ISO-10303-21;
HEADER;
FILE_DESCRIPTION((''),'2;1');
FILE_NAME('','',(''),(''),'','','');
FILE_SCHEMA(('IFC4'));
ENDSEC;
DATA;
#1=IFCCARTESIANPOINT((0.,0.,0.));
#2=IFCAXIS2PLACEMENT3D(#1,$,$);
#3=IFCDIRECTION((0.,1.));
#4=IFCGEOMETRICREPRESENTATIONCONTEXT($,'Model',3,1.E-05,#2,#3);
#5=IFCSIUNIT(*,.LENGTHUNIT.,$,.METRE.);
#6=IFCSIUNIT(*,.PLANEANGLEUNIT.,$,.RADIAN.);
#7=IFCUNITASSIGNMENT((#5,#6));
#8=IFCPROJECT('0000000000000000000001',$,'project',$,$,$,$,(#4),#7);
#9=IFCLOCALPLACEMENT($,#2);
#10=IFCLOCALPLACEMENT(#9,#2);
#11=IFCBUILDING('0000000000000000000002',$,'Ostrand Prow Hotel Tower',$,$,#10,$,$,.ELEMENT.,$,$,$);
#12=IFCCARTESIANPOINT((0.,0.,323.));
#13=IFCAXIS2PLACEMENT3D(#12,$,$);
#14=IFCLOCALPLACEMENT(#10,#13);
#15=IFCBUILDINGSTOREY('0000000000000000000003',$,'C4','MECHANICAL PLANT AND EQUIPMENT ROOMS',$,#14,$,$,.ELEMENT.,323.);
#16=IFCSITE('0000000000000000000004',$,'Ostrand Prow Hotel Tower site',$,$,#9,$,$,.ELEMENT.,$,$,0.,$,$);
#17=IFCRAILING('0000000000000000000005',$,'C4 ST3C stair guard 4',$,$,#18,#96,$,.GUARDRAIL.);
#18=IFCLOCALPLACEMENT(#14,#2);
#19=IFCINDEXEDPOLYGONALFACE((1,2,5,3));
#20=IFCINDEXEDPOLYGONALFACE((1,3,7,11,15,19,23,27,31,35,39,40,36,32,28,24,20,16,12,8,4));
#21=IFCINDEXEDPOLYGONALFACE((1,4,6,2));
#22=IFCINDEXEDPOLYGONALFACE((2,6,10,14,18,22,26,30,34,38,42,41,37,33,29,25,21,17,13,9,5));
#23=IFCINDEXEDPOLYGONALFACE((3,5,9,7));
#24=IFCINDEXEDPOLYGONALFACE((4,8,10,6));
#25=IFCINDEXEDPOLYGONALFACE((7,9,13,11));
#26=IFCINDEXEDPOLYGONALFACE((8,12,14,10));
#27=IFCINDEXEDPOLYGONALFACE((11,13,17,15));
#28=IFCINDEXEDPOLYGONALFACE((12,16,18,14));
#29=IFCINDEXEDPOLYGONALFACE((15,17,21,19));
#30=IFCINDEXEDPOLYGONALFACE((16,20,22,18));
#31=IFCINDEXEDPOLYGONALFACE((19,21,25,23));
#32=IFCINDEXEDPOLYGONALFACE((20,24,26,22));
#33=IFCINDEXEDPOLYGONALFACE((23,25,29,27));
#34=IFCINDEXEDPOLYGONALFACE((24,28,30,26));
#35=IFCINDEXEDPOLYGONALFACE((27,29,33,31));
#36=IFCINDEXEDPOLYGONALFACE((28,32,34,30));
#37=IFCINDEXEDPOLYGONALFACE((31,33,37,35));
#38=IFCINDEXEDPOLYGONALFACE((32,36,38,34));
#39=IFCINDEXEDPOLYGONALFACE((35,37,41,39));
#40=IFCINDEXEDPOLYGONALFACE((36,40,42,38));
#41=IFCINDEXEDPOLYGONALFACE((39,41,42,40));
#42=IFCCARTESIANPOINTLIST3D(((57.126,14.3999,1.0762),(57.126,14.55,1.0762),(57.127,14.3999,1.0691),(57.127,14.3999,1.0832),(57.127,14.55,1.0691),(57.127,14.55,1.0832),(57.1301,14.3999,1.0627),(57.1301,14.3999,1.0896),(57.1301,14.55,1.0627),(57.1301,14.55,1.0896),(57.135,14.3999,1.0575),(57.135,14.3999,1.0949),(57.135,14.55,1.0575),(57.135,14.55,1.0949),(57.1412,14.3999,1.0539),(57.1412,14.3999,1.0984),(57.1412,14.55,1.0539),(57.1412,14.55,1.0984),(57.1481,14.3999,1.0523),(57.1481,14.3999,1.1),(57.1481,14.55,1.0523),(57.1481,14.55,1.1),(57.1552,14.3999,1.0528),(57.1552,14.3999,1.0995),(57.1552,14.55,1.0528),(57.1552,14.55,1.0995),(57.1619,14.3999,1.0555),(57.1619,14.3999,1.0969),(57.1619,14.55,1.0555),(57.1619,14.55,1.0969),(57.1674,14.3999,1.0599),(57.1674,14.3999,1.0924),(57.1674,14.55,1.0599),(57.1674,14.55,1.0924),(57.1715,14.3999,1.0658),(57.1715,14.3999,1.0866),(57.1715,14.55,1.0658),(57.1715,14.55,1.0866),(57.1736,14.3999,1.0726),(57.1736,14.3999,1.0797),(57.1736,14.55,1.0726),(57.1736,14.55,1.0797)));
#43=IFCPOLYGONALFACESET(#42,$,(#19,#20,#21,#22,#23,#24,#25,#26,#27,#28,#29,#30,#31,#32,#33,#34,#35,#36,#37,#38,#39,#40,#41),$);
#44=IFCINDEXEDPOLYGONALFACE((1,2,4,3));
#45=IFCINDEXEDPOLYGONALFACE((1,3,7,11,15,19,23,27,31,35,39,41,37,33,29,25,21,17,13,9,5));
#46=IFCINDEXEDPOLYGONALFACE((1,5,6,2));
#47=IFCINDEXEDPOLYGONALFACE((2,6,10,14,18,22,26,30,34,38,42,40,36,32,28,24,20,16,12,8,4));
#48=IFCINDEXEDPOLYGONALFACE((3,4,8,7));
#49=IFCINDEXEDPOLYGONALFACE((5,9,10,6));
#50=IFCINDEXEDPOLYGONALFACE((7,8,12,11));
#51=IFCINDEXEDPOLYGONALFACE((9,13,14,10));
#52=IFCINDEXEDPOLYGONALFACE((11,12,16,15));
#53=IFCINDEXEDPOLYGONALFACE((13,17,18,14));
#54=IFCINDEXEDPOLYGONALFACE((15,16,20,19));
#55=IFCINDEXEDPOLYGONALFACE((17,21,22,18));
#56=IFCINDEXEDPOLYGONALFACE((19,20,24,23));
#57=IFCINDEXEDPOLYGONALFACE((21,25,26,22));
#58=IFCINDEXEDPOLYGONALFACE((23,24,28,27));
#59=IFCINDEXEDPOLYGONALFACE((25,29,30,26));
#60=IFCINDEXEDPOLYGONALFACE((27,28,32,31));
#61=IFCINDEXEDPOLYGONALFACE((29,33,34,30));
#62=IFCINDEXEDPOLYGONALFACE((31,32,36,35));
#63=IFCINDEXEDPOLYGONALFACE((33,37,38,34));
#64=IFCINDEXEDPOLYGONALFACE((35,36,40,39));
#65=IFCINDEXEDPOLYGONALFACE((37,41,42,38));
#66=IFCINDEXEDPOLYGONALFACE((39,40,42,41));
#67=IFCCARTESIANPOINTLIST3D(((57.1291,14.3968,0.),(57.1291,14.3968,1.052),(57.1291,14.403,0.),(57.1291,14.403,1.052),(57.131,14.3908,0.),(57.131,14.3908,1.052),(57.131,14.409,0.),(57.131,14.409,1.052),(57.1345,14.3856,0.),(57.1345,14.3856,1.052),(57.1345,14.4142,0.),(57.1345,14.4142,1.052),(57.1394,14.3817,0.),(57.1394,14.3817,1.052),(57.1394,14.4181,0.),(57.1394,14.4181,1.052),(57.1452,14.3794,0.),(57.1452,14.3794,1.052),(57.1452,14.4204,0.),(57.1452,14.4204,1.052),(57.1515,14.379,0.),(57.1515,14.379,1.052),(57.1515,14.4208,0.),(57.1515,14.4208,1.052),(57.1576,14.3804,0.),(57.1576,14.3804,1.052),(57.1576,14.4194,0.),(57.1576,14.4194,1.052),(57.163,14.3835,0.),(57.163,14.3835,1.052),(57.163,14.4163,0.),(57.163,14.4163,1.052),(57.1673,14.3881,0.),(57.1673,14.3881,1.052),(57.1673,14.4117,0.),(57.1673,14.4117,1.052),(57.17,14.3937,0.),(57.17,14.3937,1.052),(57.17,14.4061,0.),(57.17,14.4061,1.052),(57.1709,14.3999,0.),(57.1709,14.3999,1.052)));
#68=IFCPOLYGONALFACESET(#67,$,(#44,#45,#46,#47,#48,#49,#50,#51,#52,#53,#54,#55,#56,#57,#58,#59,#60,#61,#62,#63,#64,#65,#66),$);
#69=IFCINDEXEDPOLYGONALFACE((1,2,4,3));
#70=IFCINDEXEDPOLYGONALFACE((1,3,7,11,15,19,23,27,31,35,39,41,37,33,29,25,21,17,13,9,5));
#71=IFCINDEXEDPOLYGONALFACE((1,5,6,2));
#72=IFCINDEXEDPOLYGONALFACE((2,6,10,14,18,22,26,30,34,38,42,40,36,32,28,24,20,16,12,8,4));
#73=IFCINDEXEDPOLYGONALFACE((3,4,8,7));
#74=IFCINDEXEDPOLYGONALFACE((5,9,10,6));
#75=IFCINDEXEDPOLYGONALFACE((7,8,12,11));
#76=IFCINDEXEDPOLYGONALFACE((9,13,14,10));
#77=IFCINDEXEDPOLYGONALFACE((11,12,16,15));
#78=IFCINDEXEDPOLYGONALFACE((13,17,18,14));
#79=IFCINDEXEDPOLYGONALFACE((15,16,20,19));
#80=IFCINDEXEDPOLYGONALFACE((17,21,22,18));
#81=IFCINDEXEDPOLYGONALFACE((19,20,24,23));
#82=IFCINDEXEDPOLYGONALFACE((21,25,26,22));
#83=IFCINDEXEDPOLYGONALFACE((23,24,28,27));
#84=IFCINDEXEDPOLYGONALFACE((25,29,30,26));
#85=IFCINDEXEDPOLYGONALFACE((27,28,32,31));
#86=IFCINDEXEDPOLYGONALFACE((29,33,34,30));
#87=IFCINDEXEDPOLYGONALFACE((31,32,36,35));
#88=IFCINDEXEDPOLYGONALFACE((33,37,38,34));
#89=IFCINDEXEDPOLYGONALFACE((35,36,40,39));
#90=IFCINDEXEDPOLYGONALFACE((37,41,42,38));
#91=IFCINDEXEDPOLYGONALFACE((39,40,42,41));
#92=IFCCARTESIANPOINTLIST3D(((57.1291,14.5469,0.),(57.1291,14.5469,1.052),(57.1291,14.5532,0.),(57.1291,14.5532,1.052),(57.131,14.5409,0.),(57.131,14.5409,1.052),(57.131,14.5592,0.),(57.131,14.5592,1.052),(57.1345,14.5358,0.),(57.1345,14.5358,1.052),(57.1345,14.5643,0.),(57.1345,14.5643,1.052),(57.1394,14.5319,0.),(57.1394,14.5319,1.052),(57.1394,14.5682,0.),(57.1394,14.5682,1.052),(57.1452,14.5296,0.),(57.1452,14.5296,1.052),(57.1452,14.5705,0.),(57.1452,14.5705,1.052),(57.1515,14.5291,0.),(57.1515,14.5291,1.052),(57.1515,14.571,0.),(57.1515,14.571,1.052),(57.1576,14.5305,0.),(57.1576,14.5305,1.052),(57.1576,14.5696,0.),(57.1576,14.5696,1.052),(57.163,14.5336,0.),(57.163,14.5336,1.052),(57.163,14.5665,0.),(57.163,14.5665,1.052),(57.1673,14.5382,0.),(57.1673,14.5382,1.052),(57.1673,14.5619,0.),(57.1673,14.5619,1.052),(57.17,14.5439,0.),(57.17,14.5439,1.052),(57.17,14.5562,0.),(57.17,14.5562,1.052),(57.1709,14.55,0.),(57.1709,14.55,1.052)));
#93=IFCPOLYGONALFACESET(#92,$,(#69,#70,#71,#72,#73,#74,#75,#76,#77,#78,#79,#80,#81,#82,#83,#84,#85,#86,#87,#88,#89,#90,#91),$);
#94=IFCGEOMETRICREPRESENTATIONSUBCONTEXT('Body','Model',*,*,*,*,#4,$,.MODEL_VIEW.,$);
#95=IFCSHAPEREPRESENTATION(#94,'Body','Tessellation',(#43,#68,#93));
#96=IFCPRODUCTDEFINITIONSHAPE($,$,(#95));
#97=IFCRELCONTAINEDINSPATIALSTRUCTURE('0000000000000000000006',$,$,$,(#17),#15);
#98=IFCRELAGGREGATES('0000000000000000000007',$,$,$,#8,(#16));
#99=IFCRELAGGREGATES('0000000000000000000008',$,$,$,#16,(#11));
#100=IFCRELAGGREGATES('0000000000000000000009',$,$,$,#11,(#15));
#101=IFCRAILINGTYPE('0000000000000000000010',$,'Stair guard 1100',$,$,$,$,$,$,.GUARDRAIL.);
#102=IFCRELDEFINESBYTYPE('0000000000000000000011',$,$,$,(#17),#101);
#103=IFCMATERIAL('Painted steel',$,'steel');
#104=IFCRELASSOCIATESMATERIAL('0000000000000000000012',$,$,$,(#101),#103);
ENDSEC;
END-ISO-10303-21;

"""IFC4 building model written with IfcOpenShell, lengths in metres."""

from ifc_helpers import new_model, si_unit, direction, frame, origin, origin_2d, place, context, subcontext, project, spatial, circle, extrude, material, type_object, element, save


model = new_model("IFC4")

# Units and contexts
model_context = context("Model", 3, precision=1e-05, world=origin(), true_north=direction((0.0, 1.0)))
body_context = subcontext(model_context, "Body", "Model", "MODEL_VIEW")
ifc_project = project(units=[si_unit("LENGTHUNIT", "METRE"), si_unit("PLANEANGLEUNIT", "RADIAN")], contexts=[model_context])

# Site, building, storey
site_placement = place(None, origin())
site = spatial("IfcSite", under=ifc_project, at=site_placement, Name="Ostrand Prow Hotel Tower site", CompositionType="ELEMENT", RefElevation=0.0)
building_placement = place(site_placement, origin())
building = spatial("IfcBuilding", under=site, at=building_placement, Name="Ostrand Prow Hotel Tower", CompositionType="ELEMENT")
storey_placement = place(building_placement, frame((0.0, 0.0, 323.0)))
storey = spatial("IfcBuildingStorey", under=building, at=storey_placement, Name="C4", Description="MECHANICAL PLANT AND EQUIPMENT ROOMS", CompositionType="ELEMENT", Elevation=323.0)

# Railing
ifc_material_1 = material(Name="Painted steel", Category="steel")
railing_type_1 = type_object("IfcRailingType", Name="Stair guard 1100", PredefinedType="GUARDRAIL", material=ifc_material_1)
railing_1_placement = place(storey_placement, frame((57.1499, 14.3999, 0.0)))
element("IfcRailing", 1, at=railing_1_placement, inside=storey, type_object=railing_type_1, Name="C4 ST3C stair guard 4", PredefinedType="GUARDRAIL", context=body_context, shape_type="SweptSolid", body=[
    extrude(circle(Radius=0.0239, at=origin_2d()), frame((0.0, 0.0, 1.0762), z_axis=(0.0, 1.0, 0.0), x_axis=(-1.0, 0.0, 0.0)), (0.0, 0.0, 1.0), 0.1501),
    extrude(circle(Radius=0.021, at=origin_2d()), origin(), (0.0, 0.0, 1.0), 1.052),
    extrude(circle(Radius=0.021, at=origin_2d()), frame((0.0, 0.1501, 0.0)), (0.0, 0.0, 1.0), 1.052),
])

save(model, "model.ifc")
